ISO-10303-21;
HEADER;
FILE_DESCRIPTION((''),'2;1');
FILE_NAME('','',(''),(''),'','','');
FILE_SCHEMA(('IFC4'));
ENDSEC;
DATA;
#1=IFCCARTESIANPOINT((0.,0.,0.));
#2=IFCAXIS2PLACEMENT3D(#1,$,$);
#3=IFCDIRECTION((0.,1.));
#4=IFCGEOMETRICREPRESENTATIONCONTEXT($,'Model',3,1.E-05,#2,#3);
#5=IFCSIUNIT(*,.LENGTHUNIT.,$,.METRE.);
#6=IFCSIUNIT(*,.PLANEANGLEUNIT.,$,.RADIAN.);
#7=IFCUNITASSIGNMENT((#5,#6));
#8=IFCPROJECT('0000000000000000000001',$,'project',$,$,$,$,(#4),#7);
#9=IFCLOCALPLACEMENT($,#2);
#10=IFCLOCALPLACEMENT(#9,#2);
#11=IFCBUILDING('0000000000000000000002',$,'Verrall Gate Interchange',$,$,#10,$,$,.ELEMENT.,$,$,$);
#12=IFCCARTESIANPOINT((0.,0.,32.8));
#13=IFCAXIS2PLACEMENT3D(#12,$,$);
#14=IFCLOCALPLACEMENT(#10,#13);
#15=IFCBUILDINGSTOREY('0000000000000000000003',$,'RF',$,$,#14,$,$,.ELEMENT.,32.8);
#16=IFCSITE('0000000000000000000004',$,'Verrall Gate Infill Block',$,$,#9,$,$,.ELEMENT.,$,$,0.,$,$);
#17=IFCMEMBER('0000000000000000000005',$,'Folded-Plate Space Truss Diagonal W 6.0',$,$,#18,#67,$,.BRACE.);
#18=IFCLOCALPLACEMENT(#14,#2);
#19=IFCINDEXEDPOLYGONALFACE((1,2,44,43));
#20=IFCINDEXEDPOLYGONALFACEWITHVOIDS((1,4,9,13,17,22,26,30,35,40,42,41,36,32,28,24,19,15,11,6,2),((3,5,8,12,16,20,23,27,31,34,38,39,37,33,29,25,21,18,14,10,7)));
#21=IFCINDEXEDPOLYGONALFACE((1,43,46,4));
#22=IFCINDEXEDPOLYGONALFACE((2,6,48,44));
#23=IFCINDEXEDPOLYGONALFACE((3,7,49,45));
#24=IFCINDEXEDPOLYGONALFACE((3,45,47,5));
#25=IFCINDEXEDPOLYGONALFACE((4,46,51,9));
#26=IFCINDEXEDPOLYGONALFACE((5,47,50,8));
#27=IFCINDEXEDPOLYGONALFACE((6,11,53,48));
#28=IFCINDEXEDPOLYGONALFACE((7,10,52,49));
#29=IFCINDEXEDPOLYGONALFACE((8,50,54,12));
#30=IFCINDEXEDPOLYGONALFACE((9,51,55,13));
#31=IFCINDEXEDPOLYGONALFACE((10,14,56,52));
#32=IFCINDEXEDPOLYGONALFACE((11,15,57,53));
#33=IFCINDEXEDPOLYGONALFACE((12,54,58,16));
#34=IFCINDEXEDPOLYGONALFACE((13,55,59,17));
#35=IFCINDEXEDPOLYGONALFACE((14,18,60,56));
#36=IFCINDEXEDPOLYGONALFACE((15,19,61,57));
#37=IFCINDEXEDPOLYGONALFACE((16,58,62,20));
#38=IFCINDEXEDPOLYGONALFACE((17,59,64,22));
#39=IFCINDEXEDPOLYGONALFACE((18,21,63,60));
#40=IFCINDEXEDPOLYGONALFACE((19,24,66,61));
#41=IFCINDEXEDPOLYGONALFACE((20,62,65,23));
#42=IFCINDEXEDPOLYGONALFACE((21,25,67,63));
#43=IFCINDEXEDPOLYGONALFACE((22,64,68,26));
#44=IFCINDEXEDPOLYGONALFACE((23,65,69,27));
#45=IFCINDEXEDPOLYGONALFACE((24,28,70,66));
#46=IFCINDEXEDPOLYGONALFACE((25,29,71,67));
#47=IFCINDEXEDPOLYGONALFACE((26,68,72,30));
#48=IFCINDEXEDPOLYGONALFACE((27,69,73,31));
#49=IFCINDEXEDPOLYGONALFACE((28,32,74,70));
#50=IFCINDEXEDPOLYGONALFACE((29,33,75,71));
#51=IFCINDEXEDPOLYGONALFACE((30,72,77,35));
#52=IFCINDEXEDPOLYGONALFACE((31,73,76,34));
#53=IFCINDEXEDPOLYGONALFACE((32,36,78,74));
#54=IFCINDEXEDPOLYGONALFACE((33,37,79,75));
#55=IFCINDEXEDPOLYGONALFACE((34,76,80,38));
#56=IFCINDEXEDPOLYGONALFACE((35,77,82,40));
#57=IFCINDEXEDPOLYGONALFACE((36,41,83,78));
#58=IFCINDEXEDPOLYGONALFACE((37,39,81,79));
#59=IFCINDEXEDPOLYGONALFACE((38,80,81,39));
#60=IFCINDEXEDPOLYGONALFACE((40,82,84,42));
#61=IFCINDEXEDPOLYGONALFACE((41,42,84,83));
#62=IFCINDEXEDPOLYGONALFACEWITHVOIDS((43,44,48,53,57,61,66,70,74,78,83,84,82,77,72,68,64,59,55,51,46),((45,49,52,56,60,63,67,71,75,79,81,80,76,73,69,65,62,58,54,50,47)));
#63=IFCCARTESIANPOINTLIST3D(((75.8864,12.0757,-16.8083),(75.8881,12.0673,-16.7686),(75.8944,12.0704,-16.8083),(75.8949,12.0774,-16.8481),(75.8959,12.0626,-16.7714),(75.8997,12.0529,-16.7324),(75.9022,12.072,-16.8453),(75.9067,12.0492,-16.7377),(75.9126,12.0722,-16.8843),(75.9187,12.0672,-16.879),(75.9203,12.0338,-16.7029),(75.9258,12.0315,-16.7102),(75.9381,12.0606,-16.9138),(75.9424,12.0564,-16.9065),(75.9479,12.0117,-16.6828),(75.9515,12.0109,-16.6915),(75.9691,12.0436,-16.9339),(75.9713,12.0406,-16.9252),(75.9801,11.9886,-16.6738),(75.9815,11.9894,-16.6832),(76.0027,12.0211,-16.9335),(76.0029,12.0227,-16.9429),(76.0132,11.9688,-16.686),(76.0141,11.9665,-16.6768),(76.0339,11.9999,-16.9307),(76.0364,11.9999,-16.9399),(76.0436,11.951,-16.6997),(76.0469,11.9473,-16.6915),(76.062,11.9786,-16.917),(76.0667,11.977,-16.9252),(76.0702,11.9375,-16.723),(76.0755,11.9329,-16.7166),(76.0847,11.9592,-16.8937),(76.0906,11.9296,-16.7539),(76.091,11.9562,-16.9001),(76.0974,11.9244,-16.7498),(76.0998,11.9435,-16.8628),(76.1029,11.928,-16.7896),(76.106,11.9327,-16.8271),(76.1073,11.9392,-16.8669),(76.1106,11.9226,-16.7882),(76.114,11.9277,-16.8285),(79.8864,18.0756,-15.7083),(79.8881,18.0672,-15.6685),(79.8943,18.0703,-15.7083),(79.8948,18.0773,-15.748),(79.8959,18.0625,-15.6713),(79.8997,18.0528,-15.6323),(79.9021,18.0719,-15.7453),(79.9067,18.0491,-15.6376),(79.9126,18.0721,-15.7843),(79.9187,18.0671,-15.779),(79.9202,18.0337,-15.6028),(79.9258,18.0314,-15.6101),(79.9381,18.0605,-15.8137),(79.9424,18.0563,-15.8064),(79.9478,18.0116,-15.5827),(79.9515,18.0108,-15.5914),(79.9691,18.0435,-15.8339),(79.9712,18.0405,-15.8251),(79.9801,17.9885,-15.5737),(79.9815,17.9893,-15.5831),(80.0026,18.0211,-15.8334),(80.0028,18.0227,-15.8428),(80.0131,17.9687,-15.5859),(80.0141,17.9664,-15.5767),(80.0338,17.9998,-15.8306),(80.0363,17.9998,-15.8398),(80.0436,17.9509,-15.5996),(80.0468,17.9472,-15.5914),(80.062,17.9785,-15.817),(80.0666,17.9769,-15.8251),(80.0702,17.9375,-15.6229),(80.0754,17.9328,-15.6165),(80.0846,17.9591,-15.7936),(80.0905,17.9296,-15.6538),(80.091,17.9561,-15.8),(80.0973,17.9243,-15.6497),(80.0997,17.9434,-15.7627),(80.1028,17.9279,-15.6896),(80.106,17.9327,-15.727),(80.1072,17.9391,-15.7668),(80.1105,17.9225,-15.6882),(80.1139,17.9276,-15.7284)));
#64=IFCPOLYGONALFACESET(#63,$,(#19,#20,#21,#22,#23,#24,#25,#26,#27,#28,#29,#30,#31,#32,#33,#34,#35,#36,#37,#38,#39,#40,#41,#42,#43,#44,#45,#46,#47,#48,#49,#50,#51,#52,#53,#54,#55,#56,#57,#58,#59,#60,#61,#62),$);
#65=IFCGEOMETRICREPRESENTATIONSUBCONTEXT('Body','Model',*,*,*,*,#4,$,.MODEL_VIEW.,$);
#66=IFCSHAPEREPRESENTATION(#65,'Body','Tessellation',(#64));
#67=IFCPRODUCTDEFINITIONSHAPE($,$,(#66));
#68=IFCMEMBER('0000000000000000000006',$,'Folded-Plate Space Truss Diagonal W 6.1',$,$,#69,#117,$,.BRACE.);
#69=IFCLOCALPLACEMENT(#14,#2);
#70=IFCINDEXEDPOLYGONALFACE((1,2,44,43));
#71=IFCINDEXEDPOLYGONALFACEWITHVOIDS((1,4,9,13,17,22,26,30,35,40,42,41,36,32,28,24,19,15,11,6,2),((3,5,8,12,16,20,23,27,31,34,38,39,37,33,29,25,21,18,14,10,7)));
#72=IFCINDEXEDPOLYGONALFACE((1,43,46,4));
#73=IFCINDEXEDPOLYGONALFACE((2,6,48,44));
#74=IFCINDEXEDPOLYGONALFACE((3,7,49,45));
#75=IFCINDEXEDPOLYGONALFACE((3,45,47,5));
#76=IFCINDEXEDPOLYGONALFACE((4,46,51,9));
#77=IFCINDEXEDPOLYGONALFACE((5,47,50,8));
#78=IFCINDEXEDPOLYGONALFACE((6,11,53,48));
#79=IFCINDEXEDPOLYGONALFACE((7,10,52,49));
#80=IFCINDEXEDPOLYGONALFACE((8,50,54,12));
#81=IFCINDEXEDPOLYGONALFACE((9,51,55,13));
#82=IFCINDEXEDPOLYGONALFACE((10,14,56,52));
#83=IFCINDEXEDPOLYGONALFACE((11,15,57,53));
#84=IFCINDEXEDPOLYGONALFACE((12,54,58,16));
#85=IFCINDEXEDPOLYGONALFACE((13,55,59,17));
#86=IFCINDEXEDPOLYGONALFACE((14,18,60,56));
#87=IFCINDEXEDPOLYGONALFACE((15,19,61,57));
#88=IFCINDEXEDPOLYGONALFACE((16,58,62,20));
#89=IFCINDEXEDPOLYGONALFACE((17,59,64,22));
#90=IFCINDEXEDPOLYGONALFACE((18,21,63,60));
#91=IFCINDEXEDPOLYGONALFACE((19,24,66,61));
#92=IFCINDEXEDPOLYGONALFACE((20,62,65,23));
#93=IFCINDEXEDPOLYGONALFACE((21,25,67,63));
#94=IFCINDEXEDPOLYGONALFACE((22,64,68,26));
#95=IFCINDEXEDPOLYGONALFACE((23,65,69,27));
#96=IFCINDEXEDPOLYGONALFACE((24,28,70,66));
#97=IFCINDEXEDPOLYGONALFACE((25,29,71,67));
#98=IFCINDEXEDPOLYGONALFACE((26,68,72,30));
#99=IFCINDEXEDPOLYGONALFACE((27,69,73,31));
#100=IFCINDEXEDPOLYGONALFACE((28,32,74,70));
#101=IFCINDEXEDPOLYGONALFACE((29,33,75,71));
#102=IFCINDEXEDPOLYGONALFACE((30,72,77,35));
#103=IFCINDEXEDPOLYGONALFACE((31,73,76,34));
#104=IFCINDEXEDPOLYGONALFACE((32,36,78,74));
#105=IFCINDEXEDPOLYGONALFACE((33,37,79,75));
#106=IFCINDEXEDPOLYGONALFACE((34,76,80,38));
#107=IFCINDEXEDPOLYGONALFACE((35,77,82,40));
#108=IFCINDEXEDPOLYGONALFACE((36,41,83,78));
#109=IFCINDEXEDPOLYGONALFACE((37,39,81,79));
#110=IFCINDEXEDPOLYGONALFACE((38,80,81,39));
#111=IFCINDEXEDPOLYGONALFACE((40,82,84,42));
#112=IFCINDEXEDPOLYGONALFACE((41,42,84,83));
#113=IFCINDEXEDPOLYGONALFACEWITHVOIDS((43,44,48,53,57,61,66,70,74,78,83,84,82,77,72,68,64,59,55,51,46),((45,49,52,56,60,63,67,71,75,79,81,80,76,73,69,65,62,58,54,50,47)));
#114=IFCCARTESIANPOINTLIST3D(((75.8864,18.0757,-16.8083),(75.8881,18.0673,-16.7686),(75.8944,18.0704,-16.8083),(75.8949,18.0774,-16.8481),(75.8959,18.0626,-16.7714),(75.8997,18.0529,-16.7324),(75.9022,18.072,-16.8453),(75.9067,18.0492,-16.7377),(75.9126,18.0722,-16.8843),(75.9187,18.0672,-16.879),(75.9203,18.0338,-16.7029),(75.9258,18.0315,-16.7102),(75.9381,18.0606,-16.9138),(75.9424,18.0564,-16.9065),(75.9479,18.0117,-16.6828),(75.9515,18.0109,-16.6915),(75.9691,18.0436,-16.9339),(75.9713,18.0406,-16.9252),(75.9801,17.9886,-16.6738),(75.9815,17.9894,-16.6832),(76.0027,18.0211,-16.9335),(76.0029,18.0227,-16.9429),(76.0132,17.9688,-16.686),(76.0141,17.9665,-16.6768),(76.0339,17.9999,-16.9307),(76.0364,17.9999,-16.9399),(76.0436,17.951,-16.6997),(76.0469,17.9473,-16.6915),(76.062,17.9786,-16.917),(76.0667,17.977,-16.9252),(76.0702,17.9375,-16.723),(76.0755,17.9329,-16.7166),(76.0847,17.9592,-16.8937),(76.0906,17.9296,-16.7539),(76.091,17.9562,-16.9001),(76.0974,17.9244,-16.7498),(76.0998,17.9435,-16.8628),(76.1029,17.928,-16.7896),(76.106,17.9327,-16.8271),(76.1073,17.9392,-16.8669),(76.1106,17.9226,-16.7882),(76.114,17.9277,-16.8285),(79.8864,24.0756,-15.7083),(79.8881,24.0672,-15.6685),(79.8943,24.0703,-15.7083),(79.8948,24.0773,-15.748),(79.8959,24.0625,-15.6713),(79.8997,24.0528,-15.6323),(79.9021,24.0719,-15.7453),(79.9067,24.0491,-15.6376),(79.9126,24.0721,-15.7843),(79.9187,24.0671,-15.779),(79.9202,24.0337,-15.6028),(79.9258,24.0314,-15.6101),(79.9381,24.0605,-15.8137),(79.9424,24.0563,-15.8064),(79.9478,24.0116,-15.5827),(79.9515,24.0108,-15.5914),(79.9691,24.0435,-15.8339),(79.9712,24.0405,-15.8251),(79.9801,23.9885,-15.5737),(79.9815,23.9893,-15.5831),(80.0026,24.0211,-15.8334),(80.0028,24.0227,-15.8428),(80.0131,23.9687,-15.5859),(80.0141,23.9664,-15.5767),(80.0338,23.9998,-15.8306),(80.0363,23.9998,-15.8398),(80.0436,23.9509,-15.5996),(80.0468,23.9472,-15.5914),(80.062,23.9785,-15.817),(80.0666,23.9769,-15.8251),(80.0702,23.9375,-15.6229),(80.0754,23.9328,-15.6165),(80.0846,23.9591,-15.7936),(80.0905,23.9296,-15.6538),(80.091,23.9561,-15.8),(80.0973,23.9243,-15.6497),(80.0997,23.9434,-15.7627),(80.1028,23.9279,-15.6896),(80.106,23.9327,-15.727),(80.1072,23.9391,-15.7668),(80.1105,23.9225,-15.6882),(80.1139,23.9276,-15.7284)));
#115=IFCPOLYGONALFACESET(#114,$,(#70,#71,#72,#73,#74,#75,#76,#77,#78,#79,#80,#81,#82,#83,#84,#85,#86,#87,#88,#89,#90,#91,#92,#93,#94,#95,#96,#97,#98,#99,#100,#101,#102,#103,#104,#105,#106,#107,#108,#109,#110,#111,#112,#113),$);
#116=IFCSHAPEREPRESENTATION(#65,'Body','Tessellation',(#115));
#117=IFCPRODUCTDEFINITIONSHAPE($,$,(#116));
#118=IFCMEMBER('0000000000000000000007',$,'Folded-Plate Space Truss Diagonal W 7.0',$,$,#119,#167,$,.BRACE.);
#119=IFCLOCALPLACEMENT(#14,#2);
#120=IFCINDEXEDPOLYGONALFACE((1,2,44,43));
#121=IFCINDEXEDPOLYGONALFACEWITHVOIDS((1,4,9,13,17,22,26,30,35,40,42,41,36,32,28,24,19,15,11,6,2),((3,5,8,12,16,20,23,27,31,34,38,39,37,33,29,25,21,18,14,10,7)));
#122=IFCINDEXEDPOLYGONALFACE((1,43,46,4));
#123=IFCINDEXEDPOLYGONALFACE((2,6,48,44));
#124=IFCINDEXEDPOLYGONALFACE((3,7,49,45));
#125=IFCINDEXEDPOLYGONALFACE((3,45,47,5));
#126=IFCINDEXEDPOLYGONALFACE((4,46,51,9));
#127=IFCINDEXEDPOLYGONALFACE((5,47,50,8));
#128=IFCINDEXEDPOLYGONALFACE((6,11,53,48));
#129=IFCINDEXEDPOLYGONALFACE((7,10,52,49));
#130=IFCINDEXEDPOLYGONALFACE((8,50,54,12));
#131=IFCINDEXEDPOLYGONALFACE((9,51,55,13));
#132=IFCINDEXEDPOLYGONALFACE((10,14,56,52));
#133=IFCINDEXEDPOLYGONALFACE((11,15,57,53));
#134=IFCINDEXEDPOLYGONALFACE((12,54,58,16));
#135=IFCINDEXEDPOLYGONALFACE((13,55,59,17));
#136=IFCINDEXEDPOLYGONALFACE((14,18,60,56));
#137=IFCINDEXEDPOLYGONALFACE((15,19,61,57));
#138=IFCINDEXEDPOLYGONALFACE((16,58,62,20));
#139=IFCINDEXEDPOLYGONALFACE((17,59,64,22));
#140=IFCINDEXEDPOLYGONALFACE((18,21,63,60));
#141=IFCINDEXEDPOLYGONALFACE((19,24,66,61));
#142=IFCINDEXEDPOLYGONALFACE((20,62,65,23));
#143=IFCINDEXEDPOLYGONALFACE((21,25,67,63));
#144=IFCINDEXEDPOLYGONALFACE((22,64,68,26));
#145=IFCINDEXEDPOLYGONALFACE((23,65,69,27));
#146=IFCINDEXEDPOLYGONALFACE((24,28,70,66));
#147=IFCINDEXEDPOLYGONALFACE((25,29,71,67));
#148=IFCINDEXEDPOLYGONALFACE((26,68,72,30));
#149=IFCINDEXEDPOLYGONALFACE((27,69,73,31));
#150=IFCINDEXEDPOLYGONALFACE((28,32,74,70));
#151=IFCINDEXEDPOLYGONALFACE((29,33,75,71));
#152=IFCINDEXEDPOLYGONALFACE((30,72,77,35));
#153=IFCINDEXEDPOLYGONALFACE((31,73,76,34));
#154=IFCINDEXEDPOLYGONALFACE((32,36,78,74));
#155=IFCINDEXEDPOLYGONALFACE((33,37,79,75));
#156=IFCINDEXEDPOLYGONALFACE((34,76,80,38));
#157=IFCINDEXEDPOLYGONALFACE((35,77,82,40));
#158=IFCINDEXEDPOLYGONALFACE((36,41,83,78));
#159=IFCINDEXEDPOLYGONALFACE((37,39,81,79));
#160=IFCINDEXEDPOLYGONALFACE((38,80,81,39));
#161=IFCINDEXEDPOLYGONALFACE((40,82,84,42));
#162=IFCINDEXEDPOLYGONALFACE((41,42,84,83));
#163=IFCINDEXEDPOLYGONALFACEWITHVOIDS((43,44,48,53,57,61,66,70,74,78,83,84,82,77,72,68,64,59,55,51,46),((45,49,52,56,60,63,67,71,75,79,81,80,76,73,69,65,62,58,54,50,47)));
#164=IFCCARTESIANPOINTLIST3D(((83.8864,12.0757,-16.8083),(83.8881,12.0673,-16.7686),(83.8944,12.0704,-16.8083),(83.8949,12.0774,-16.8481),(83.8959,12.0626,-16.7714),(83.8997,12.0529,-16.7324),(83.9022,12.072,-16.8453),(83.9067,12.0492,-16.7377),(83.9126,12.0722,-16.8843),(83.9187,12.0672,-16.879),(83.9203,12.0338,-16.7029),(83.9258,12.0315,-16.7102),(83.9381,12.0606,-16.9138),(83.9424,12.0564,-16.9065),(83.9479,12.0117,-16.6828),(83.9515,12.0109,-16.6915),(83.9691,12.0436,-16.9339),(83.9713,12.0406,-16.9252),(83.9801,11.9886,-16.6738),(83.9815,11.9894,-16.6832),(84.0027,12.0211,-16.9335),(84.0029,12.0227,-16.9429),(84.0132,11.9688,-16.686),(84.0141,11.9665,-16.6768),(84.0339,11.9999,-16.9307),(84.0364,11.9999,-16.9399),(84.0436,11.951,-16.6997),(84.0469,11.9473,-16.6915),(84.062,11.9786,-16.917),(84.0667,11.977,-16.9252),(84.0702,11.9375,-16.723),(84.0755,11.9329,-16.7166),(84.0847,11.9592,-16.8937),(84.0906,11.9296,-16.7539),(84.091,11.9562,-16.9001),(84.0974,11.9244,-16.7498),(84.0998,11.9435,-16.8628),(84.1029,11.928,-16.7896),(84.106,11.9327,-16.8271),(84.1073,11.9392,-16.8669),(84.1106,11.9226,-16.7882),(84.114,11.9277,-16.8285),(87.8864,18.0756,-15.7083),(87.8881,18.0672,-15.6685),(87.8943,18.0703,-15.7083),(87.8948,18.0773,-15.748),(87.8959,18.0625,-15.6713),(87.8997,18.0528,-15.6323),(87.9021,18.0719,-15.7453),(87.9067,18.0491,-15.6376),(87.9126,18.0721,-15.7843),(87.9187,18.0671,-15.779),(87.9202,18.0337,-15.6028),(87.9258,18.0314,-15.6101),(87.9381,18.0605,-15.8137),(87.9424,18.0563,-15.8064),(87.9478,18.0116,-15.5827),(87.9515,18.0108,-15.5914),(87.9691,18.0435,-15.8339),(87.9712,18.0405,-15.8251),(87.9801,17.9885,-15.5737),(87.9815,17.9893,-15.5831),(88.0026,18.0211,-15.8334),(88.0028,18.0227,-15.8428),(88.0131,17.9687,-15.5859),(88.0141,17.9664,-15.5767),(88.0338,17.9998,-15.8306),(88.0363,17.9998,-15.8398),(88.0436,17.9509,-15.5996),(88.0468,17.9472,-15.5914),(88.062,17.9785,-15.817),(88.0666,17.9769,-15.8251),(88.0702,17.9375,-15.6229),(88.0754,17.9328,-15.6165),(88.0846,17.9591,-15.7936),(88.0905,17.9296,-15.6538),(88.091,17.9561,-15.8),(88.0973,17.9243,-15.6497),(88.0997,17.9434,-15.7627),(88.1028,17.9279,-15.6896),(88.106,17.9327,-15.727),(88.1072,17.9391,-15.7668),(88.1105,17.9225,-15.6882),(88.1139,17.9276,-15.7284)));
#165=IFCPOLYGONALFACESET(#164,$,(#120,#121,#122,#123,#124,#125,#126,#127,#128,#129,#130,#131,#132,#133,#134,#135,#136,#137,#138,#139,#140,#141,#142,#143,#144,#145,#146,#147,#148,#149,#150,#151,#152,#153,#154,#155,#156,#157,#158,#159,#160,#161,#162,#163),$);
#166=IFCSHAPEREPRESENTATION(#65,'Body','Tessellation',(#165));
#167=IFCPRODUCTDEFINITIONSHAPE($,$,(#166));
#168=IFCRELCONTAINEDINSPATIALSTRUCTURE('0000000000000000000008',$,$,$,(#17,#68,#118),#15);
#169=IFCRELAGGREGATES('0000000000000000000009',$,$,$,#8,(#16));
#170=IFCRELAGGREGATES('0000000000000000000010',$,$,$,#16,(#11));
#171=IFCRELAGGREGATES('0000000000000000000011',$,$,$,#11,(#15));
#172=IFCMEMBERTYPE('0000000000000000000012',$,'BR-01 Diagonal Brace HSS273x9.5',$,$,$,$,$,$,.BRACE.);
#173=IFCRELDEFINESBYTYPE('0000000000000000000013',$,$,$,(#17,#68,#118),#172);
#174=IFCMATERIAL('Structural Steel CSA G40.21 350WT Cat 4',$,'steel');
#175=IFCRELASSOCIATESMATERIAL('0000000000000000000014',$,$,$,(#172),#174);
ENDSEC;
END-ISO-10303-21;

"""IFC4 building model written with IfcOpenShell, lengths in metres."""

from ifc_helpers import new_model, si_unit, direction, frame, origin, origin_2d, place, context, subcontext, project, spatial, hollow_circle, extrude, material, material_profile, profile_set, type_object, element, save


model = new_model("IFC4")

# Units and contexts
model_context = context("Model", 3, precision=1e-05, world=origin(), true_north=direction((0.0, 1.0)))
body_context = subcontext(model_context, "Body", "Model", "MODEL_VIEW")
ifc_project = project(units=[si_unit("LENGTHUNIT", "METRE"), si_unit("PLANEANGLEUNIT", "RADIAN")], contexts=[model_context])

# Site, building, storey
site_placement = place(None, origin())
site = spatial("IfcSite", under=ifc_project, at=site_placement, Name="Verrall Gate Infill Block", CompositionType="ELEMENT", RefElevation=0.0)
building_placement = place(site_placement, origin())
building = spatial("IfcBuilding", under=site, at=building_placement, Name="Verrall Gate Interchange", CompositionType="ELEMENT")
storey_placement = place(building_placement, frame((0.0, 0.0, 32.8)))
storey = spatial("IfcBuildingStorey", under=building, at=storey_placement, Name="RF", CompositionType="ELEMENT", Elevation=32.8)

# Members
ifc_material_1 = material(Name="Structural Steel CSA G40.21 350WT Cat 4", Category="steel")
ifc_material_profile_1 = material_profile(ifc_material_1, hollow_circle(Radius=0.1365, WallThickness=0.0095, at=origin_2d()), Name="HSS273x9.5")
ifc_profile_set_1 = profile_set([ifc_material_profile_1], Name="Structural Steel CSA G40.21 350WT Cat 4")
member_type_1 = type_object("IfcMemberType", Name="BR-01 Diagonal Brace HSS273x9.5", PredefinedType="BRACE", material=ifc_profile_set_1)
for number, where, z_axis, x_axis, name in (
    (1, (76.0, 12.0, -16.8083), (0.548356, 0.822534, 0.150811), (-0.83205, 0.5547, 0.0), "Folded-Plate Space Truss Diagonal W 6.0"),
    (2, (76.0, 18.0, -16.8083), (0.548356, 0.822534, 0.150811), (-0.83205, 0.5547, 0.0), "Folded-Plate Space Truss Diagonal W 6.1"),
    (3, (84.0, 12.0, -16.8083), (0.548356, 0.822534, 0.150811), (-0.83205, 0.5547, 0.0), "Folded-Plate Space Truss Diagonal W 7.0"),
):
    element("IfcMember", number, at=place(storey_placement, frame(where, z_axis=z_axis, x_axis=x_axis)), inside=storey, type_object=member_type_1, Name=name, PredefinedType="BRACE", context=body_context, shape_type="SweptSolid", body=[
        extrude(hollow_circle(Radius=0.1365, WallThickness=0.0095, at=origin_2d()), origin(), (0.0, 0.0, 1.0), 7.2944),
    ])

save(model, "model.ifc")
